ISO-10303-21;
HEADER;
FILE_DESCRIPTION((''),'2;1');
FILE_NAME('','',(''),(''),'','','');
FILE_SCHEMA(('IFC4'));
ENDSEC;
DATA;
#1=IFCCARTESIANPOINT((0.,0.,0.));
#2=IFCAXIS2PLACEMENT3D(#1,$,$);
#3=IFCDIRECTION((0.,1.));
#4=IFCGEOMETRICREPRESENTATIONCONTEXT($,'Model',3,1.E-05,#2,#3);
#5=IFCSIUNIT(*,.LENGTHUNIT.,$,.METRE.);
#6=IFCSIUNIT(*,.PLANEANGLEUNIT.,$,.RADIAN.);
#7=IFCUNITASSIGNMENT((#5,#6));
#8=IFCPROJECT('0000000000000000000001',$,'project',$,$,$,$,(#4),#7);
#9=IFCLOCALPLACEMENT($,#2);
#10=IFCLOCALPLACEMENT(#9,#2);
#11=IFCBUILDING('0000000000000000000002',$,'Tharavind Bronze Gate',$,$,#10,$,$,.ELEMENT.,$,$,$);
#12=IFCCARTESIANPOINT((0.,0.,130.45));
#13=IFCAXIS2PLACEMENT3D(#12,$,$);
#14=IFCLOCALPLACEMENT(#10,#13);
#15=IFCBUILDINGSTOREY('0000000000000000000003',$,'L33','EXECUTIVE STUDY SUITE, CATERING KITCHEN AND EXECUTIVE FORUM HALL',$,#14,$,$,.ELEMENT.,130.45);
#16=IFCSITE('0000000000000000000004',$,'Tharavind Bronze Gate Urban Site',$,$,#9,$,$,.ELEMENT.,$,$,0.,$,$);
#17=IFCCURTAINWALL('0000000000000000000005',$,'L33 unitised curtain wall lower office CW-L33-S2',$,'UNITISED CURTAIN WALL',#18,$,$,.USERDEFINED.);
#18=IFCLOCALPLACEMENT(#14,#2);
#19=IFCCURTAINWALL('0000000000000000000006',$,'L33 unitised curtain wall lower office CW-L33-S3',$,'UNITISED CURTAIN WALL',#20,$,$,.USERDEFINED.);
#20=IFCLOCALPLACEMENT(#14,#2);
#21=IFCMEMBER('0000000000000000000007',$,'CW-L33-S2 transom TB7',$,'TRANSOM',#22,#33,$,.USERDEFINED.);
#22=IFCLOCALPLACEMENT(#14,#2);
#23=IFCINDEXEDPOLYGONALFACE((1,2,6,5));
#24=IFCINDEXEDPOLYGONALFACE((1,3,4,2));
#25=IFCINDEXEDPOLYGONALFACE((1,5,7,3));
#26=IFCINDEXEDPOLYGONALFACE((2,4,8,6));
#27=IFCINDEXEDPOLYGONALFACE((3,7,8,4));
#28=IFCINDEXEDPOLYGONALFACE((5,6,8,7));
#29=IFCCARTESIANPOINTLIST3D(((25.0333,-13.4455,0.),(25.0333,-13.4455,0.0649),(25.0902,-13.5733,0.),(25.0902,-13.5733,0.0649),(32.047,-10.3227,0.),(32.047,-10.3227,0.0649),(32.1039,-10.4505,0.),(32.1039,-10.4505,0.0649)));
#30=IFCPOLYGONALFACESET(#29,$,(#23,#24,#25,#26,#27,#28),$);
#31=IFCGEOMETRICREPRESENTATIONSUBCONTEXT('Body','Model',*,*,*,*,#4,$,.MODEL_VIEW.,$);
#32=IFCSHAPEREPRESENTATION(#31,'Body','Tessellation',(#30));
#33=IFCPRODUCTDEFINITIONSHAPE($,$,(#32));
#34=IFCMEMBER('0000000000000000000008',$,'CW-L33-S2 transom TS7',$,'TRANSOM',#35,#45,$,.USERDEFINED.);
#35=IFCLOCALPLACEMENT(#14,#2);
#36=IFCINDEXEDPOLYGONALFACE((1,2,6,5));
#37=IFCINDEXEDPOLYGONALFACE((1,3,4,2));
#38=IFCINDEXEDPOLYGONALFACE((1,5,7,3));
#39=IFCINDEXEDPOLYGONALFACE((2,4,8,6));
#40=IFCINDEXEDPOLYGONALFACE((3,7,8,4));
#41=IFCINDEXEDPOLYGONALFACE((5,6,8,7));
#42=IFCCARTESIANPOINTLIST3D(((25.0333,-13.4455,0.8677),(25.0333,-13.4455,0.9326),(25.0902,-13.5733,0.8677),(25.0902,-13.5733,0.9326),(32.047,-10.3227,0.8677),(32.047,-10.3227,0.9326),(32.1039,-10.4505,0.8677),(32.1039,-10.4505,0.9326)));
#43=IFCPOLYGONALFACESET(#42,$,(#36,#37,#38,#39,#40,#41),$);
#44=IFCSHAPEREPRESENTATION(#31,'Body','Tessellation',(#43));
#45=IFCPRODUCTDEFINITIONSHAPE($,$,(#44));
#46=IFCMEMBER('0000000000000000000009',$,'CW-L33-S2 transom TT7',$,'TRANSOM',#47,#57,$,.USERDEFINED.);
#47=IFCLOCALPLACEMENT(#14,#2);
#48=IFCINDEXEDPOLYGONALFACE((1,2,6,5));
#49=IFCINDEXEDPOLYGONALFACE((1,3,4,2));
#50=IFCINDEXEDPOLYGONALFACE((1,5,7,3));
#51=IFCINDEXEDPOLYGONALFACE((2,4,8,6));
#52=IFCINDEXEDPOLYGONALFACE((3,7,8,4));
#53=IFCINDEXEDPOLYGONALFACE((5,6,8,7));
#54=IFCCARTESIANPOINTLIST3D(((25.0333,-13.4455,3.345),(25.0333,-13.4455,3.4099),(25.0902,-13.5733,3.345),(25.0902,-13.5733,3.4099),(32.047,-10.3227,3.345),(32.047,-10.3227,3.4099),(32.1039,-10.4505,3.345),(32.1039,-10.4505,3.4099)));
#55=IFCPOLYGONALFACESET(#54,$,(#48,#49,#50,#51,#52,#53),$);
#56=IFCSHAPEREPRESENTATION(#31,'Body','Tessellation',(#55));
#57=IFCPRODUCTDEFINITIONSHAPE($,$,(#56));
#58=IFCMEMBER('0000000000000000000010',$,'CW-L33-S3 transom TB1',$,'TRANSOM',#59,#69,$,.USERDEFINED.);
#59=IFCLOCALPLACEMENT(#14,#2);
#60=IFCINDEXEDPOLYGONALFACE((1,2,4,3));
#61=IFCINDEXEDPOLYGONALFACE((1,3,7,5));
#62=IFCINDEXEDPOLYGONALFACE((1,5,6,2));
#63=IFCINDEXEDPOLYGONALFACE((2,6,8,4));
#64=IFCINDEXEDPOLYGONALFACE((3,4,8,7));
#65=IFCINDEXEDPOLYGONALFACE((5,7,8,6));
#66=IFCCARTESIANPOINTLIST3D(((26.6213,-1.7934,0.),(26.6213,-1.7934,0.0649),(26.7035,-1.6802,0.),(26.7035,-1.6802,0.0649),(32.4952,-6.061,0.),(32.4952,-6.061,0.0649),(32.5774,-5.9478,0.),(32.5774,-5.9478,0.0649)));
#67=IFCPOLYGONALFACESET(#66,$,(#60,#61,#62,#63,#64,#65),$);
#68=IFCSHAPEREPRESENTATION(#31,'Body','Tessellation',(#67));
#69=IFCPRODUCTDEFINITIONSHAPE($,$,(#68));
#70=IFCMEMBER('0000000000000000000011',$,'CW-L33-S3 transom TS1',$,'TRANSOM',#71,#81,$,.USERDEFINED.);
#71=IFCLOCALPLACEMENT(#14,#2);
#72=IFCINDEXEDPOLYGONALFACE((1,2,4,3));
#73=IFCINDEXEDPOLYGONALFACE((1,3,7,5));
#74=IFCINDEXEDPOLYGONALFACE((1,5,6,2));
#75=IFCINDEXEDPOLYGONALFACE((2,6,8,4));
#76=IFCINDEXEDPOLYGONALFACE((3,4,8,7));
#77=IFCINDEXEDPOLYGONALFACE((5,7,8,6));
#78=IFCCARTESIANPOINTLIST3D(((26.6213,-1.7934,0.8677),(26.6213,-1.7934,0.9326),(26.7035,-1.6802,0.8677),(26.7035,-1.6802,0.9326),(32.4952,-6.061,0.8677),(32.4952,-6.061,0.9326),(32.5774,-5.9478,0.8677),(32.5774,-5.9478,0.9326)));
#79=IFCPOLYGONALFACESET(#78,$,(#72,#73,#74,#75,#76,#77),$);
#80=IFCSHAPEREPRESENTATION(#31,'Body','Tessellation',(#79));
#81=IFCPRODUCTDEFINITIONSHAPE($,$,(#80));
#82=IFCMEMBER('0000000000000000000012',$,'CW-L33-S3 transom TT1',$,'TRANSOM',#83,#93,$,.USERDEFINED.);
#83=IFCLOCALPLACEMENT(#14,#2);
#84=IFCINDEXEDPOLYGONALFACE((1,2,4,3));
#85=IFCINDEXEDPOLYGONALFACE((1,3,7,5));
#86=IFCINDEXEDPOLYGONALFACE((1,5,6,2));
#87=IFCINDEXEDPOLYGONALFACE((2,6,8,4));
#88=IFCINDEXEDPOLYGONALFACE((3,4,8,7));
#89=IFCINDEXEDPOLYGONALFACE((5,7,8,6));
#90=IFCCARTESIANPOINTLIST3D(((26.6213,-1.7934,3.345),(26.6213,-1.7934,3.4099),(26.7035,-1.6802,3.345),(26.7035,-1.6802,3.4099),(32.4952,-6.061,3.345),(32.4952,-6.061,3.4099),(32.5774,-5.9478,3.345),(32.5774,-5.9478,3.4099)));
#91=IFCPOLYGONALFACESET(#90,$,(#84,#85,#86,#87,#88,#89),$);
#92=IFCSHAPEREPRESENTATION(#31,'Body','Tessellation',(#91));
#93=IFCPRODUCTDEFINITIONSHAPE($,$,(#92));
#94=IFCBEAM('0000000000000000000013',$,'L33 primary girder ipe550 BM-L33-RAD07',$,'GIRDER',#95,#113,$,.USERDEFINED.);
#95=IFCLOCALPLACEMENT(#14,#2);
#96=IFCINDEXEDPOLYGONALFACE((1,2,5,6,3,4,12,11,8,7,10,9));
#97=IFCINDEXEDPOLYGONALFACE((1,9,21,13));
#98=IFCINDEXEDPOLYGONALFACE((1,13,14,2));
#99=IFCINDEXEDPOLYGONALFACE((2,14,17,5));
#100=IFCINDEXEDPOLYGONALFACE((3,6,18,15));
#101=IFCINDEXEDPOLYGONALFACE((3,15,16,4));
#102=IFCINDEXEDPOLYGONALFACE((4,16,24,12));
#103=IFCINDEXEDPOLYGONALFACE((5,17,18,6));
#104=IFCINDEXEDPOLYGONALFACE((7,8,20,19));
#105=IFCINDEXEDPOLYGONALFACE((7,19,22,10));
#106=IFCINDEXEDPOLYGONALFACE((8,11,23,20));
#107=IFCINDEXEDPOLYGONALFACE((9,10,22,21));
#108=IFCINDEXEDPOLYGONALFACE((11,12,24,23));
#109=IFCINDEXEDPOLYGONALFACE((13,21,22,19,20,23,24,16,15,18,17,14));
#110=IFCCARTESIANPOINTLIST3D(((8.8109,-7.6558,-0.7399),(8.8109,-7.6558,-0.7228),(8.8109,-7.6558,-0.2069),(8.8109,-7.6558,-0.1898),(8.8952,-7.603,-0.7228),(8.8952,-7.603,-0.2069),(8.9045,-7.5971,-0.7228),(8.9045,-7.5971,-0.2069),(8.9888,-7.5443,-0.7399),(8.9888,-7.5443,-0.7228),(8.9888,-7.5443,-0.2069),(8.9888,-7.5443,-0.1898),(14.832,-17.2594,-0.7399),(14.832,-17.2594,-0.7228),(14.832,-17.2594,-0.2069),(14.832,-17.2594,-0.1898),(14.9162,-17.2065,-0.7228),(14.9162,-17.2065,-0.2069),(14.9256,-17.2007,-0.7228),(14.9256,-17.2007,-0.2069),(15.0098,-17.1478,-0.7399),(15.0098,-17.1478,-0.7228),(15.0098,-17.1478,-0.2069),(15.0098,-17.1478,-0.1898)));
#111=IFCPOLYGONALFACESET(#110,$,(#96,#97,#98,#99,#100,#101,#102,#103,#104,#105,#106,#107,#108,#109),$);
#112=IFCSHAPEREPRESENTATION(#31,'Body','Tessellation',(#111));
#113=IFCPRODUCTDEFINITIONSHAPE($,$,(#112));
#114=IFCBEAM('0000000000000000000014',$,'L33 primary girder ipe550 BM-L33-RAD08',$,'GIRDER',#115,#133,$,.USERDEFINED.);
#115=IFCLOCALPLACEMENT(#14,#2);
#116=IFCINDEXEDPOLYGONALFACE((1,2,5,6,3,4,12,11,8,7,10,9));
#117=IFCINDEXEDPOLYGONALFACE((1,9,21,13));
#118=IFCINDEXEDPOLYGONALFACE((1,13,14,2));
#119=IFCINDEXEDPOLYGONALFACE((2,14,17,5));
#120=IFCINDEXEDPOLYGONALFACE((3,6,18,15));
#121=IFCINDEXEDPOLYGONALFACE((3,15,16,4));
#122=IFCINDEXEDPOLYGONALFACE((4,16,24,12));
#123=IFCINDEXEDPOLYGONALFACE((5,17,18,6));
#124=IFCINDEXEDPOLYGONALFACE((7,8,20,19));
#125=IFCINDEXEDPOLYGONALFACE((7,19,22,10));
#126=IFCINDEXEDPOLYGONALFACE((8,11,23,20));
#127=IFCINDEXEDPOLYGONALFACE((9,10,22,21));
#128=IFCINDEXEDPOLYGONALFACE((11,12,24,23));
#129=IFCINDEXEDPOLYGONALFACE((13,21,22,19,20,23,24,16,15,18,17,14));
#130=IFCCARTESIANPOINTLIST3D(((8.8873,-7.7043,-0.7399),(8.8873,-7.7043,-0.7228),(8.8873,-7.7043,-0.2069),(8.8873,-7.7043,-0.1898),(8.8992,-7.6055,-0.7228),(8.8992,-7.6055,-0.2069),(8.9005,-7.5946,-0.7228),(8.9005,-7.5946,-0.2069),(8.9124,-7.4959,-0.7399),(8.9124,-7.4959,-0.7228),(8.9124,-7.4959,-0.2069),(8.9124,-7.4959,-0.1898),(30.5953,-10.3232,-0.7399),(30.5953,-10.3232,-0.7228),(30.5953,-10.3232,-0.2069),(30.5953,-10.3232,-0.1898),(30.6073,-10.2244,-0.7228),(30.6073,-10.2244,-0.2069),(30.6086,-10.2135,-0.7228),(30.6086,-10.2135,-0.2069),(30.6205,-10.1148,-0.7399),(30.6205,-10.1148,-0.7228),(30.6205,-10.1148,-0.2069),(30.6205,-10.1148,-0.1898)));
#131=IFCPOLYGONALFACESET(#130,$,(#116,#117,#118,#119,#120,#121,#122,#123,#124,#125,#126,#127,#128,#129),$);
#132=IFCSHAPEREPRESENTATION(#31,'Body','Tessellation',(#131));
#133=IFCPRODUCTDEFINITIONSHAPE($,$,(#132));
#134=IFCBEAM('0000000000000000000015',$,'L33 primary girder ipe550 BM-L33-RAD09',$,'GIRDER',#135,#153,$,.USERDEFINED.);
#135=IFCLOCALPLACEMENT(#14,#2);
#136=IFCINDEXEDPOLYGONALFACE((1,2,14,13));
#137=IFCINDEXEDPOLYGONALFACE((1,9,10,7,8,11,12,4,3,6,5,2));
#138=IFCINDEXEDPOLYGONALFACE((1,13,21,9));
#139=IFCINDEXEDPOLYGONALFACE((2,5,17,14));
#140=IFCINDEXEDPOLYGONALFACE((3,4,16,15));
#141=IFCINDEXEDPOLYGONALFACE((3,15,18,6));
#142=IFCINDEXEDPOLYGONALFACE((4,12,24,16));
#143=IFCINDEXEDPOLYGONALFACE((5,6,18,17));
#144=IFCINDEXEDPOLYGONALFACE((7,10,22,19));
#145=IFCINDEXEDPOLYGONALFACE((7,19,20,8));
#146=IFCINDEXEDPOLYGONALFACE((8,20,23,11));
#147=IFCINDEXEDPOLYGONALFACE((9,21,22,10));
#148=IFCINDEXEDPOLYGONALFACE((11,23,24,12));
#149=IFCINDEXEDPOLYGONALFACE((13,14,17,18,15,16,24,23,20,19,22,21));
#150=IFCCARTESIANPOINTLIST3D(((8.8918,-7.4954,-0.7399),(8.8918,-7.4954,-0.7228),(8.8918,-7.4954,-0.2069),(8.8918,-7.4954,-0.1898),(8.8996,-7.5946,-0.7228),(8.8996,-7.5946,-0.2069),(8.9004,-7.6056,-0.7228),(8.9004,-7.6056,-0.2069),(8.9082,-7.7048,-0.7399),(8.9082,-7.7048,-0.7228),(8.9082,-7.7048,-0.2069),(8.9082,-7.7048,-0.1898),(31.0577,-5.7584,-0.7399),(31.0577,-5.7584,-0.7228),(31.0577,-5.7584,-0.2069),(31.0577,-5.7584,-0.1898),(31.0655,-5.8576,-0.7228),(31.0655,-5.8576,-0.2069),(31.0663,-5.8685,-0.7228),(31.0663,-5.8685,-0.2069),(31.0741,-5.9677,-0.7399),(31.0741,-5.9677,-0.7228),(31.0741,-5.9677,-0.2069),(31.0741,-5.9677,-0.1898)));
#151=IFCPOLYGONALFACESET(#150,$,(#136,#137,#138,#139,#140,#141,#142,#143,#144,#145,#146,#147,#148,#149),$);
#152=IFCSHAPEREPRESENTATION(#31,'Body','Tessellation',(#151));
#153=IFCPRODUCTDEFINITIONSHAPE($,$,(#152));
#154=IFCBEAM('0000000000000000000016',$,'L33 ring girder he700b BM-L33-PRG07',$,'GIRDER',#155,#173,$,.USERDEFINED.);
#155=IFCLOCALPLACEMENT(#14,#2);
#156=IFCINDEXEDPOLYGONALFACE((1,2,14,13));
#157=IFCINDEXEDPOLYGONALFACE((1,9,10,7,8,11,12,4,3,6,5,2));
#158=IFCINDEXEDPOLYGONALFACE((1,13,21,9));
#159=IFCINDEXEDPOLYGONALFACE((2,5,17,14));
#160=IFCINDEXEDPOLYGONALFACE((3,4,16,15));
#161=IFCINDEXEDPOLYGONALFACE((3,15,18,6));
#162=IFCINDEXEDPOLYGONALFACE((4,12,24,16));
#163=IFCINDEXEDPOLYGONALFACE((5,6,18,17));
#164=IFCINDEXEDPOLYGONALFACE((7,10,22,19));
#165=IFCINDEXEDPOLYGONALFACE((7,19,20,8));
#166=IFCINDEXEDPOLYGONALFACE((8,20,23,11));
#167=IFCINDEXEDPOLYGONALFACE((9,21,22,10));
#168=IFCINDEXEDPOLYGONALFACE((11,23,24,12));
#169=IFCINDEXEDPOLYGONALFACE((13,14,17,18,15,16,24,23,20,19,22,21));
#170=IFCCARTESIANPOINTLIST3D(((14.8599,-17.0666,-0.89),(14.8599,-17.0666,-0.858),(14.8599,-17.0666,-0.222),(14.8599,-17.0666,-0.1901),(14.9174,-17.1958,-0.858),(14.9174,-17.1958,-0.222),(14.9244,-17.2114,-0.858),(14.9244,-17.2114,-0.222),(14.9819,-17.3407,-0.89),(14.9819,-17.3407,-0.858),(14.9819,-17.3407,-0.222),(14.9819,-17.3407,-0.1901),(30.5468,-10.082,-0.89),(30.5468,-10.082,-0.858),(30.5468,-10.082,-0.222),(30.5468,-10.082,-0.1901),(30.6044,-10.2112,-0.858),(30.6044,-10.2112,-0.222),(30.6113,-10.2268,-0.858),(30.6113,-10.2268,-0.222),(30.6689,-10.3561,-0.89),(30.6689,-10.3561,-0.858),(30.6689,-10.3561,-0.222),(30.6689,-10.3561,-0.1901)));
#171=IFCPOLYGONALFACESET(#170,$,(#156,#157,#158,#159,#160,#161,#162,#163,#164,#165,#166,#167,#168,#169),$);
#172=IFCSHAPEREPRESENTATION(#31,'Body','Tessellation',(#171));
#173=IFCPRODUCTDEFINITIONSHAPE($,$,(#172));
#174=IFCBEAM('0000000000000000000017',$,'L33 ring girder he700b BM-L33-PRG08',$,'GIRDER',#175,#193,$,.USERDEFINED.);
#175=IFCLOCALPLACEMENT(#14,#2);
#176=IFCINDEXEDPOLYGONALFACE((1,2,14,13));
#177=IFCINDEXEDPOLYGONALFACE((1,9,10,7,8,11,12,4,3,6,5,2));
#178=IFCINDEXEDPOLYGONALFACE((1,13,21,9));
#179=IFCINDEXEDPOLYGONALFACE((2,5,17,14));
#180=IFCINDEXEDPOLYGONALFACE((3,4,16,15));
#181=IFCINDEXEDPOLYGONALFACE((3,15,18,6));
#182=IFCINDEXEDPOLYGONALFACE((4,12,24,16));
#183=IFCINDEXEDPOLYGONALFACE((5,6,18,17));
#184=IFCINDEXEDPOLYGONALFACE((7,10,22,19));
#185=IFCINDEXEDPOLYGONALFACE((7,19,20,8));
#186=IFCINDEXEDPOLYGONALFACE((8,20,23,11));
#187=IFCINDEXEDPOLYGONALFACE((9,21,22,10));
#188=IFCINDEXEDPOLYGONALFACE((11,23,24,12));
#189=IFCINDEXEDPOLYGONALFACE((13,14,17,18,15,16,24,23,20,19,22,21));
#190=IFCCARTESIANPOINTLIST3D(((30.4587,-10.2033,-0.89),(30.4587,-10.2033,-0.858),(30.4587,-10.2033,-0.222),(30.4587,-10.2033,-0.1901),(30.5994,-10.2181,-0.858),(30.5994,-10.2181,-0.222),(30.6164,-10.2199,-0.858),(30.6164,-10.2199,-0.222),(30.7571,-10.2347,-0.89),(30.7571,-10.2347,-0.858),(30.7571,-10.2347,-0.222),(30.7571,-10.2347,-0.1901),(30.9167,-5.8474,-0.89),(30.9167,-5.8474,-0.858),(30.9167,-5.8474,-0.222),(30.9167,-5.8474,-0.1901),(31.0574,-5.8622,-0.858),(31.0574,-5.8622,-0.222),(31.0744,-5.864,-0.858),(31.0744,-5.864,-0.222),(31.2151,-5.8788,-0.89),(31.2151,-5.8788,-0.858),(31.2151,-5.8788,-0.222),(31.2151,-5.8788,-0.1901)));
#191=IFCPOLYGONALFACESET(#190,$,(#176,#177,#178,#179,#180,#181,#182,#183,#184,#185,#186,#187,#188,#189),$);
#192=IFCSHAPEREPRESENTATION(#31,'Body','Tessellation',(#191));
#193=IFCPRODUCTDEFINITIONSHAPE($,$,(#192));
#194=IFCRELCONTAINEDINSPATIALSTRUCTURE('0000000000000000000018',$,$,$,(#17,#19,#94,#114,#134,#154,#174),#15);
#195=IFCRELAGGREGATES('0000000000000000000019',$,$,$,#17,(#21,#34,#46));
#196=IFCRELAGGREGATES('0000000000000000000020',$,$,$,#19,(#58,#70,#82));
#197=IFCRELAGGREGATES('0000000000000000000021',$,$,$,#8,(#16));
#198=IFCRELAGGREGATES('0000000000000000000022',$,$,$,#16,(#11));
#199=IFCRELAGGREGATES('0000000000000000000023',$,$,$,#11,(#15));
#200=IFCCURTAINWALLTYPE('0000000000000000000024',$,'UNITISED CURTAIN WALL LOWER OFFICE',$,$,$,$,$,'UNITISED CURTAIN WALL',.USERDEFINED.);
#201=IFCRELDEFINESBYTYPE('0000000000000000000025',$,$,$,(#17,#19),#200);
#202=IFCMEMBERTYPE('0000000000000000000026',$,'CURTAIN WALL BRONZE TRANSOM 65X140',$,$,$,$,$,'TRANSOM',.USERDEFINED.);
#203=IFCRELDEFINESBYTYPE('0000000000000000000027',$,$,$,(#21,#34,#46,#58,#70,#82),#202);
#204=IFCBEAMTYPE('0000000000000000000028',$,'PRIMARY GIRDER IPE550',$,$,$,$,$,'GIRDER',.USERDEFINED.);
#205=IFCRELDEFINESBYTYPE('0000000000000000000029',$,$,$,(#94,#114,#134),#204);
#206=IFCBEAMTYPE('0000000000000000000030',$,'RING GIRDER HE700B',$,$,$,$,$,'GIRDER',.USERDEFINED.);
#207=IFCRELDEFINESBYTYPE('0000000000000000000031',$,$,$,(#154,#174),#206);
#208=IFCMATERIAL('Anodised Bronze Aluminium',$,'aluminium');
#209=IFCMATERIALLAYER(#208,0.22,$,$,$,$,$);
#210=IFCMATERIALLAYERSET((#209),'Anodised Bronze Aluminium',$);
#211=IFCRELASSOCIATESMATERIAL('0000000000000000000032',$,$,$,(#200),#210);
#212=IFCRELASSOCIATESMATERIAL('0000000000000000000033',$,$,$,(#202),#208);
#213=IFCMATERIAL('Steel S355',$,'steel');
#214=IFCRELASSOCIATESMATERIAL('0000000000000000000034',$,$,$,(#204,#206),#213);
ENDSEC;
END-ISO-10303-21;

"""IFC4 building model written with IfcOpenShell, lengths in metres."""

from ifc_helpers import new_model, si_unit, direction, frame, origin, origin_2d, place, context, subcontext, project, spatial, rectangle, i_section, extrude, material, layer, layer_set, material_profile, profile_set, type_object, element, aggregate, save


model = new_model("IFC4")

# Units and contexts
model_context = context("Model", 3, precision=1e-05, world=origin(), true_north=direction((0.0, 1.0)))
body_context = subcontext(model_context, "Body", "Model", "MODEL_VIEW")
ifc_project = project(units=[si_unit("LENGTHUNIT", "METRE"), si_unit("PLANEANGLEUNIT", "RADIAN")], contexts=[model_context])

# Site, building, storey
site_placement = place(None, origin())
site = spatial("IfcSite", under=ifc_project, at=site_placement, Name="Tharavind Bronze Gate Urban Site", CompositionType="ELEMENT", RefElevation=0.0)
building_placement = place(site_placement, origin())
building = spatial("IfcBuilding", under=site, at=building_placement, Name="Tharavind Bronze Gate", CompositionType="ELEMENT")
storey_placement = place(building_placement, frame((0.0, 0.0, 130.45)))
storey = spatial("IfcBuildingStorey", under=building, at=storey_placement, Name="L33", Description="EXECUTIVE STUDY SUITE, CATERING KITCHEN AND EXECUTIVE FORUM HALL", CompositionType="ELEMENT", Elevation=130.45)

# Curtain wall
ifc_material_1 = material(Name="Anodised Bronze Aluminium", Category="aluminium")
ifc_layer_1 = layer(ifc_material_1, 0.22)
ifc_layer_set_1 = layer_set([ifc_layer_1], Name="Anodised Bronze Aluminium")
curtain_wall_type = type_object("IfcCurtainWallType", Name="UNITISED CURTAIN WALL LOWER OFFICE", ElementType="UNITISED CURTAIN WALL", PredefinedType="USERDEFINED", material=ifc_layer_set_1)
curtain_wall_1_placement = place(storey_placement, origin())
curtain_wall_1 = element("IfcCurtainWall", 1, at=curtain_wall_1_placement, inside=storey, type_object=curtain_wall_type, Name="L33 unitised curtain wall lower office CW-L33-S2", ObjectType="UNITISED CURTAIN WALL", PredefinedType="USERDEFINED")

# Curtain wall
curtain_wall_2_placement = place(storey_placement, origin())
curtain_wall_2 = element("IfcCurtainWall", 2, at=curtain_wall_2_placement, inside=storey, type_object=curtain_wall_type, Name="L33 unitised curtain wall lower office CW-L33-S3", ObjectType="UNITISED CURTAIN WALL", PredefinedType="USERDEFINED")

# Members
member_type_1 = type_object("IfcMemberType", Name="CURTAIN WALL BRONZE TRANSOM 65X140", ElementType="TRANSOM", PredefinedType="USERDEFINED", material=ifc_material_1)
member_1_placement = place(storey_placement, frame((28.5686, -11.948, 0.0), z_axis=(0.0, 0.0, 1.0), x_axis=(0.913545, 0.406737, 0.0)))
member_1 = element("IfcMember", 3, at=member_1_placement, type_object=member_type_1, Name="CW-L33-S2 transom TB7", ObjectType="TRANSOM", PredefinedType="USERDEFINED", context=body_context, shape_type="SweptSolid", body=[
    extrude(rectangle(XDim=7.6775, YDim=0.1399, at=origin_2d()), origin(), (0.0, 0.0, 1.0), 0.0649),
])
member_2_placement = place(storey_placement, frame((28.5686, -11.948, 0.8677), z_axis=(0.0, 0.0, 1.0), x_axis=(0.913545, 0.406737, 0.0)))
member_2 = element("IfcMember", 4, at=member_2_placement, type_object=member_type_1, Name="CW-L33-S2 transom TS7", ObjectType="TRANSOM", PredefinedType="USERDEFINED", context=body_context, shape_type="SweptSolid", body=[
    extrude(rectangle(XDim=7.6775, YDim=0.1399, at=origin_2d()), origin(), (0.0, 0.0, 1.0), 0.0649),
])
member_3_placement = place(storey_placement, frame((28.5686, -11.948, 3.345), z_axis=(0.0, 0.0, 1.0), x_axis=(0.913545, 0.406737, 0.0)))
member_3 = element("IfcMember", 5, at=member_3_placement, type_object=member_type_1, Name="CW-L33-S2 transom TT7", ObjectType="TRANSOM", PredefinedType="USERDEFINED", context=body_context, shape_type="SweptSolid", body=[
    extrude(rectangle(XDim=7.6775, YDim=0.1399, at=origin_2d()), origin(), (0.0, 0.0, 1.0), 0.0649),
])
member_4_placement = place(storey_placement, frame((29.5994, -3.8706, 0.0), z_axis=(0.0, 0.0, 1.0), x_axis=(-0.809017, 0.587785, 0.0)))
member_4 = element("IfcMember", 6, at=member_4_placement, type_object=member_type_1, Name="CW-L33-S3 transom TB1", ObjectType="TRANSOM", PredefinedType="USERDEFINED", context=body_context, shape_type="SweptSolid", body=[
    extrude(rectangle(XDim=7.2605, YDim=0.1399, at=origin_2d()), origin(), (0.0, 0.0, 1.0), 0.0649),
])
member_5_placement = place(storey_placement, frame((29.5994, -3.8706, 0.8677), z_axis=(0.0, 0.0, 1.0), x_axis=(-0.809017, 0.587785, 0.0)))
member_5 = element("IfcMember", 7, at=member_5_placement, type_object=member_type_1, Name="CW-L33-S3 transom TS1", ObjectType="TRANSOM", PredefinedType="USERDEFINED", context=body_context, shape_type="SweptSolid", body=[
    extrude(rectangle(XDim=7.2605, YDim=0.1399, at=origin_2d()), origin(), (0.0, 0.0, 1.0), 0.0649),
])
member_6_placement = place(storey_placement, frame((29.5994, -3.8706, 3.345), z_axis=(0.0, 0.0, 1.0), x_axis=(-0.809017, 0.587785, 0.0)))
member_6 = element("IfcMember", 8, at=member_6_placement, type_object=member_type_1, Name="CW-L33-S3 transom TT1", ObjectType="TRANSOM", PredefinedType="USERDEFINED", context=body_context, shape_type="SweptSolid", body=[
    extrude(rectangle(XDim=7.2605, YDim=0.1399, at=origin_2d()), origin(), (0.0, 0.0, 1.0), 0.0649),
])

# Beams
ifc_material_2 = material(Name="Steel S355", Category="steel")
ifc_material_profile_1 = material_profile(ifc_material_2, i_section(OverallWidth=0.21, OverallDepth=0.55, WebThickness=0.011, FlangeThickness=0.0171, at=origin_2d()), Name="IPE550")
ifc_profile_set_1 = profile_set([ifc_material_profile_1], Name="Steel S355")
beam_type_1 = type_object("IfcBeamType", Name="PRIMARY GIRDER IPE550", ElementType="GIRDER", PredefinedType="USERDEFINED", material=ifc_profile_set_1)
beam_1_placement = place(storey_placement, frame((14.9209, -17.2036, -0.4648), z_axis=(-0.531191, 0.847252, 0.0), x_axis=(-0.847252, -0.531191, 0.0)))
element("IfcBeam", 9, at=beam_1_placement, inside=storey, type_object=beam_type_1, Name="L33 primary girder ipe550 BM-L33-RAD07", ObjectType="GIRDER", PredefinedType="USERDEFINED", context=body_context, shape_type="SweptSolid", body=[
    extrude(i_section(OverallWidth=0.21, OverallDepth=0.55, WebThickness=0.011, FlangeThickness=0.0171, at=origin_2d()), origin(), (0.0, 0.0, 1.0), 11.335),
])
beam_2_placement = place(storey_placement, frame((30.6079, -10.219, -0.4648), z_axis=(-0.992801, 0.119773, 0.0), x_axis=(-0.119773, -0.992801, 0.0)))
element("IfcBeam", 10, at=beam_2_placement, inside=storey, type_object=beam_type_1, Name="L33 primary girder ipe550 BM-L33-RAD08", ObjectType="GIRDER", PredefinedType="USERDEFINED", context=body_context, shape_type="SweptSolid", body=[
    extrude(i_section(OverallWidth=0.21, OverallDepth=0.55, WebThickness=0.011, FlangeThickness=0.0171, at=origin_2d()), origin(), (0.0, 0.0, 1.0), 21.8655),
])
beam_3_placement = place(storey_placement, frame((31.0659, -5.863, -0.4648), z_axis=(-0.996943, -0.078126, 0.0), x_axis=(0.078126, -0.996943, 0.0)))
element("IfcBeam", 11, at=beam_3_placement, inside=storey, type_object=beam_type_1, Name="L33 primary girder ipe550 BM-L33-RAD09", ObjectType="GIRDER", PredefinedType="USERDEFINED", context=body_context, shape_type="SweptSolid", body=[
    extrude(i_section(OverallWidth=0.21, OverallDepth=0.55, WebThickness=0.011, FlangeThickness=0.0171, at=origin_2d()), origin(), (0.0, 0.0, 1.0), 22.2339),
])
ifc_material_profile_2 = material_profile(ifc_material_2, i_section(OverallWidth=0.3, OverallDepth=0.7, WebThickness=0.0171, FlangeThickness=0.032, at=origin_2d()), Name="HE700B")
ifc_profile_set_2 = profile_set([ifc_material_profile_2], Name="Steel S355")
beam_type_2 = type_object("IfcBeamType", Name="RING GIRDER HE700B", ElementType="GIRDER", PredefinedType="USERDEFINED", material=ifc_profile_set_2)
beam_4_placement = place(storey_placement, frame((14.9209, -17.2036, -0.54), z_axis=(0.913539, 0.406752, 0.0), x_axis=(-0.406752, 0.913539, 0.0)))
element("IfcBeam", 12, at=beam_4_placement, inside=storey, type_object=beam_type_2, Name="L33 ring girder he700b BM-L33-PRG07", ObjectType="GIRDER", PredefinedType="USERDEFINED", context=body_context, shape_type="SweptSolid", body=[
    extrude(i_section(OverallWidth=0.3, OverallDepth=0.7, WebThickness=0.0171, FlangeThickness=0.032, at=origin_2d()), origin(), (0.0, 0.0, 1.0), 17.1716),
])
beam_5_placement = place(storey_placement, frame((30.6079, -10.219, -0.54), z_axis=(0.104569, 0.994518, 0.0), x_axis=(-0.994518, 0.104569, 0.0)))
element("IfcBeam", 13, at=beam_5_placement, inside=storey, type_object=beam_type_2, Name="L33 ring girder he700b BM-L33-PRG08", ObjectType="GIRDER", PredefinedType="USERDEFINED", context=body_context, shape_type="SweptSolid", body=[
    extrude(i_section(OverallWidth=0.3, OverallDepth=0.7, WebThickness=0.0171, FlangeThickness=0.032, at=origin_2d()), origin(), (0.0, 0.0, 1.0), 4.3799),
])

aggregate(curtain_wall_1, [member_1, member_2, member_3])
aggregate(curtain_wall_2, [member_4, member_5, member_6])

save(model, "model.ifc")
